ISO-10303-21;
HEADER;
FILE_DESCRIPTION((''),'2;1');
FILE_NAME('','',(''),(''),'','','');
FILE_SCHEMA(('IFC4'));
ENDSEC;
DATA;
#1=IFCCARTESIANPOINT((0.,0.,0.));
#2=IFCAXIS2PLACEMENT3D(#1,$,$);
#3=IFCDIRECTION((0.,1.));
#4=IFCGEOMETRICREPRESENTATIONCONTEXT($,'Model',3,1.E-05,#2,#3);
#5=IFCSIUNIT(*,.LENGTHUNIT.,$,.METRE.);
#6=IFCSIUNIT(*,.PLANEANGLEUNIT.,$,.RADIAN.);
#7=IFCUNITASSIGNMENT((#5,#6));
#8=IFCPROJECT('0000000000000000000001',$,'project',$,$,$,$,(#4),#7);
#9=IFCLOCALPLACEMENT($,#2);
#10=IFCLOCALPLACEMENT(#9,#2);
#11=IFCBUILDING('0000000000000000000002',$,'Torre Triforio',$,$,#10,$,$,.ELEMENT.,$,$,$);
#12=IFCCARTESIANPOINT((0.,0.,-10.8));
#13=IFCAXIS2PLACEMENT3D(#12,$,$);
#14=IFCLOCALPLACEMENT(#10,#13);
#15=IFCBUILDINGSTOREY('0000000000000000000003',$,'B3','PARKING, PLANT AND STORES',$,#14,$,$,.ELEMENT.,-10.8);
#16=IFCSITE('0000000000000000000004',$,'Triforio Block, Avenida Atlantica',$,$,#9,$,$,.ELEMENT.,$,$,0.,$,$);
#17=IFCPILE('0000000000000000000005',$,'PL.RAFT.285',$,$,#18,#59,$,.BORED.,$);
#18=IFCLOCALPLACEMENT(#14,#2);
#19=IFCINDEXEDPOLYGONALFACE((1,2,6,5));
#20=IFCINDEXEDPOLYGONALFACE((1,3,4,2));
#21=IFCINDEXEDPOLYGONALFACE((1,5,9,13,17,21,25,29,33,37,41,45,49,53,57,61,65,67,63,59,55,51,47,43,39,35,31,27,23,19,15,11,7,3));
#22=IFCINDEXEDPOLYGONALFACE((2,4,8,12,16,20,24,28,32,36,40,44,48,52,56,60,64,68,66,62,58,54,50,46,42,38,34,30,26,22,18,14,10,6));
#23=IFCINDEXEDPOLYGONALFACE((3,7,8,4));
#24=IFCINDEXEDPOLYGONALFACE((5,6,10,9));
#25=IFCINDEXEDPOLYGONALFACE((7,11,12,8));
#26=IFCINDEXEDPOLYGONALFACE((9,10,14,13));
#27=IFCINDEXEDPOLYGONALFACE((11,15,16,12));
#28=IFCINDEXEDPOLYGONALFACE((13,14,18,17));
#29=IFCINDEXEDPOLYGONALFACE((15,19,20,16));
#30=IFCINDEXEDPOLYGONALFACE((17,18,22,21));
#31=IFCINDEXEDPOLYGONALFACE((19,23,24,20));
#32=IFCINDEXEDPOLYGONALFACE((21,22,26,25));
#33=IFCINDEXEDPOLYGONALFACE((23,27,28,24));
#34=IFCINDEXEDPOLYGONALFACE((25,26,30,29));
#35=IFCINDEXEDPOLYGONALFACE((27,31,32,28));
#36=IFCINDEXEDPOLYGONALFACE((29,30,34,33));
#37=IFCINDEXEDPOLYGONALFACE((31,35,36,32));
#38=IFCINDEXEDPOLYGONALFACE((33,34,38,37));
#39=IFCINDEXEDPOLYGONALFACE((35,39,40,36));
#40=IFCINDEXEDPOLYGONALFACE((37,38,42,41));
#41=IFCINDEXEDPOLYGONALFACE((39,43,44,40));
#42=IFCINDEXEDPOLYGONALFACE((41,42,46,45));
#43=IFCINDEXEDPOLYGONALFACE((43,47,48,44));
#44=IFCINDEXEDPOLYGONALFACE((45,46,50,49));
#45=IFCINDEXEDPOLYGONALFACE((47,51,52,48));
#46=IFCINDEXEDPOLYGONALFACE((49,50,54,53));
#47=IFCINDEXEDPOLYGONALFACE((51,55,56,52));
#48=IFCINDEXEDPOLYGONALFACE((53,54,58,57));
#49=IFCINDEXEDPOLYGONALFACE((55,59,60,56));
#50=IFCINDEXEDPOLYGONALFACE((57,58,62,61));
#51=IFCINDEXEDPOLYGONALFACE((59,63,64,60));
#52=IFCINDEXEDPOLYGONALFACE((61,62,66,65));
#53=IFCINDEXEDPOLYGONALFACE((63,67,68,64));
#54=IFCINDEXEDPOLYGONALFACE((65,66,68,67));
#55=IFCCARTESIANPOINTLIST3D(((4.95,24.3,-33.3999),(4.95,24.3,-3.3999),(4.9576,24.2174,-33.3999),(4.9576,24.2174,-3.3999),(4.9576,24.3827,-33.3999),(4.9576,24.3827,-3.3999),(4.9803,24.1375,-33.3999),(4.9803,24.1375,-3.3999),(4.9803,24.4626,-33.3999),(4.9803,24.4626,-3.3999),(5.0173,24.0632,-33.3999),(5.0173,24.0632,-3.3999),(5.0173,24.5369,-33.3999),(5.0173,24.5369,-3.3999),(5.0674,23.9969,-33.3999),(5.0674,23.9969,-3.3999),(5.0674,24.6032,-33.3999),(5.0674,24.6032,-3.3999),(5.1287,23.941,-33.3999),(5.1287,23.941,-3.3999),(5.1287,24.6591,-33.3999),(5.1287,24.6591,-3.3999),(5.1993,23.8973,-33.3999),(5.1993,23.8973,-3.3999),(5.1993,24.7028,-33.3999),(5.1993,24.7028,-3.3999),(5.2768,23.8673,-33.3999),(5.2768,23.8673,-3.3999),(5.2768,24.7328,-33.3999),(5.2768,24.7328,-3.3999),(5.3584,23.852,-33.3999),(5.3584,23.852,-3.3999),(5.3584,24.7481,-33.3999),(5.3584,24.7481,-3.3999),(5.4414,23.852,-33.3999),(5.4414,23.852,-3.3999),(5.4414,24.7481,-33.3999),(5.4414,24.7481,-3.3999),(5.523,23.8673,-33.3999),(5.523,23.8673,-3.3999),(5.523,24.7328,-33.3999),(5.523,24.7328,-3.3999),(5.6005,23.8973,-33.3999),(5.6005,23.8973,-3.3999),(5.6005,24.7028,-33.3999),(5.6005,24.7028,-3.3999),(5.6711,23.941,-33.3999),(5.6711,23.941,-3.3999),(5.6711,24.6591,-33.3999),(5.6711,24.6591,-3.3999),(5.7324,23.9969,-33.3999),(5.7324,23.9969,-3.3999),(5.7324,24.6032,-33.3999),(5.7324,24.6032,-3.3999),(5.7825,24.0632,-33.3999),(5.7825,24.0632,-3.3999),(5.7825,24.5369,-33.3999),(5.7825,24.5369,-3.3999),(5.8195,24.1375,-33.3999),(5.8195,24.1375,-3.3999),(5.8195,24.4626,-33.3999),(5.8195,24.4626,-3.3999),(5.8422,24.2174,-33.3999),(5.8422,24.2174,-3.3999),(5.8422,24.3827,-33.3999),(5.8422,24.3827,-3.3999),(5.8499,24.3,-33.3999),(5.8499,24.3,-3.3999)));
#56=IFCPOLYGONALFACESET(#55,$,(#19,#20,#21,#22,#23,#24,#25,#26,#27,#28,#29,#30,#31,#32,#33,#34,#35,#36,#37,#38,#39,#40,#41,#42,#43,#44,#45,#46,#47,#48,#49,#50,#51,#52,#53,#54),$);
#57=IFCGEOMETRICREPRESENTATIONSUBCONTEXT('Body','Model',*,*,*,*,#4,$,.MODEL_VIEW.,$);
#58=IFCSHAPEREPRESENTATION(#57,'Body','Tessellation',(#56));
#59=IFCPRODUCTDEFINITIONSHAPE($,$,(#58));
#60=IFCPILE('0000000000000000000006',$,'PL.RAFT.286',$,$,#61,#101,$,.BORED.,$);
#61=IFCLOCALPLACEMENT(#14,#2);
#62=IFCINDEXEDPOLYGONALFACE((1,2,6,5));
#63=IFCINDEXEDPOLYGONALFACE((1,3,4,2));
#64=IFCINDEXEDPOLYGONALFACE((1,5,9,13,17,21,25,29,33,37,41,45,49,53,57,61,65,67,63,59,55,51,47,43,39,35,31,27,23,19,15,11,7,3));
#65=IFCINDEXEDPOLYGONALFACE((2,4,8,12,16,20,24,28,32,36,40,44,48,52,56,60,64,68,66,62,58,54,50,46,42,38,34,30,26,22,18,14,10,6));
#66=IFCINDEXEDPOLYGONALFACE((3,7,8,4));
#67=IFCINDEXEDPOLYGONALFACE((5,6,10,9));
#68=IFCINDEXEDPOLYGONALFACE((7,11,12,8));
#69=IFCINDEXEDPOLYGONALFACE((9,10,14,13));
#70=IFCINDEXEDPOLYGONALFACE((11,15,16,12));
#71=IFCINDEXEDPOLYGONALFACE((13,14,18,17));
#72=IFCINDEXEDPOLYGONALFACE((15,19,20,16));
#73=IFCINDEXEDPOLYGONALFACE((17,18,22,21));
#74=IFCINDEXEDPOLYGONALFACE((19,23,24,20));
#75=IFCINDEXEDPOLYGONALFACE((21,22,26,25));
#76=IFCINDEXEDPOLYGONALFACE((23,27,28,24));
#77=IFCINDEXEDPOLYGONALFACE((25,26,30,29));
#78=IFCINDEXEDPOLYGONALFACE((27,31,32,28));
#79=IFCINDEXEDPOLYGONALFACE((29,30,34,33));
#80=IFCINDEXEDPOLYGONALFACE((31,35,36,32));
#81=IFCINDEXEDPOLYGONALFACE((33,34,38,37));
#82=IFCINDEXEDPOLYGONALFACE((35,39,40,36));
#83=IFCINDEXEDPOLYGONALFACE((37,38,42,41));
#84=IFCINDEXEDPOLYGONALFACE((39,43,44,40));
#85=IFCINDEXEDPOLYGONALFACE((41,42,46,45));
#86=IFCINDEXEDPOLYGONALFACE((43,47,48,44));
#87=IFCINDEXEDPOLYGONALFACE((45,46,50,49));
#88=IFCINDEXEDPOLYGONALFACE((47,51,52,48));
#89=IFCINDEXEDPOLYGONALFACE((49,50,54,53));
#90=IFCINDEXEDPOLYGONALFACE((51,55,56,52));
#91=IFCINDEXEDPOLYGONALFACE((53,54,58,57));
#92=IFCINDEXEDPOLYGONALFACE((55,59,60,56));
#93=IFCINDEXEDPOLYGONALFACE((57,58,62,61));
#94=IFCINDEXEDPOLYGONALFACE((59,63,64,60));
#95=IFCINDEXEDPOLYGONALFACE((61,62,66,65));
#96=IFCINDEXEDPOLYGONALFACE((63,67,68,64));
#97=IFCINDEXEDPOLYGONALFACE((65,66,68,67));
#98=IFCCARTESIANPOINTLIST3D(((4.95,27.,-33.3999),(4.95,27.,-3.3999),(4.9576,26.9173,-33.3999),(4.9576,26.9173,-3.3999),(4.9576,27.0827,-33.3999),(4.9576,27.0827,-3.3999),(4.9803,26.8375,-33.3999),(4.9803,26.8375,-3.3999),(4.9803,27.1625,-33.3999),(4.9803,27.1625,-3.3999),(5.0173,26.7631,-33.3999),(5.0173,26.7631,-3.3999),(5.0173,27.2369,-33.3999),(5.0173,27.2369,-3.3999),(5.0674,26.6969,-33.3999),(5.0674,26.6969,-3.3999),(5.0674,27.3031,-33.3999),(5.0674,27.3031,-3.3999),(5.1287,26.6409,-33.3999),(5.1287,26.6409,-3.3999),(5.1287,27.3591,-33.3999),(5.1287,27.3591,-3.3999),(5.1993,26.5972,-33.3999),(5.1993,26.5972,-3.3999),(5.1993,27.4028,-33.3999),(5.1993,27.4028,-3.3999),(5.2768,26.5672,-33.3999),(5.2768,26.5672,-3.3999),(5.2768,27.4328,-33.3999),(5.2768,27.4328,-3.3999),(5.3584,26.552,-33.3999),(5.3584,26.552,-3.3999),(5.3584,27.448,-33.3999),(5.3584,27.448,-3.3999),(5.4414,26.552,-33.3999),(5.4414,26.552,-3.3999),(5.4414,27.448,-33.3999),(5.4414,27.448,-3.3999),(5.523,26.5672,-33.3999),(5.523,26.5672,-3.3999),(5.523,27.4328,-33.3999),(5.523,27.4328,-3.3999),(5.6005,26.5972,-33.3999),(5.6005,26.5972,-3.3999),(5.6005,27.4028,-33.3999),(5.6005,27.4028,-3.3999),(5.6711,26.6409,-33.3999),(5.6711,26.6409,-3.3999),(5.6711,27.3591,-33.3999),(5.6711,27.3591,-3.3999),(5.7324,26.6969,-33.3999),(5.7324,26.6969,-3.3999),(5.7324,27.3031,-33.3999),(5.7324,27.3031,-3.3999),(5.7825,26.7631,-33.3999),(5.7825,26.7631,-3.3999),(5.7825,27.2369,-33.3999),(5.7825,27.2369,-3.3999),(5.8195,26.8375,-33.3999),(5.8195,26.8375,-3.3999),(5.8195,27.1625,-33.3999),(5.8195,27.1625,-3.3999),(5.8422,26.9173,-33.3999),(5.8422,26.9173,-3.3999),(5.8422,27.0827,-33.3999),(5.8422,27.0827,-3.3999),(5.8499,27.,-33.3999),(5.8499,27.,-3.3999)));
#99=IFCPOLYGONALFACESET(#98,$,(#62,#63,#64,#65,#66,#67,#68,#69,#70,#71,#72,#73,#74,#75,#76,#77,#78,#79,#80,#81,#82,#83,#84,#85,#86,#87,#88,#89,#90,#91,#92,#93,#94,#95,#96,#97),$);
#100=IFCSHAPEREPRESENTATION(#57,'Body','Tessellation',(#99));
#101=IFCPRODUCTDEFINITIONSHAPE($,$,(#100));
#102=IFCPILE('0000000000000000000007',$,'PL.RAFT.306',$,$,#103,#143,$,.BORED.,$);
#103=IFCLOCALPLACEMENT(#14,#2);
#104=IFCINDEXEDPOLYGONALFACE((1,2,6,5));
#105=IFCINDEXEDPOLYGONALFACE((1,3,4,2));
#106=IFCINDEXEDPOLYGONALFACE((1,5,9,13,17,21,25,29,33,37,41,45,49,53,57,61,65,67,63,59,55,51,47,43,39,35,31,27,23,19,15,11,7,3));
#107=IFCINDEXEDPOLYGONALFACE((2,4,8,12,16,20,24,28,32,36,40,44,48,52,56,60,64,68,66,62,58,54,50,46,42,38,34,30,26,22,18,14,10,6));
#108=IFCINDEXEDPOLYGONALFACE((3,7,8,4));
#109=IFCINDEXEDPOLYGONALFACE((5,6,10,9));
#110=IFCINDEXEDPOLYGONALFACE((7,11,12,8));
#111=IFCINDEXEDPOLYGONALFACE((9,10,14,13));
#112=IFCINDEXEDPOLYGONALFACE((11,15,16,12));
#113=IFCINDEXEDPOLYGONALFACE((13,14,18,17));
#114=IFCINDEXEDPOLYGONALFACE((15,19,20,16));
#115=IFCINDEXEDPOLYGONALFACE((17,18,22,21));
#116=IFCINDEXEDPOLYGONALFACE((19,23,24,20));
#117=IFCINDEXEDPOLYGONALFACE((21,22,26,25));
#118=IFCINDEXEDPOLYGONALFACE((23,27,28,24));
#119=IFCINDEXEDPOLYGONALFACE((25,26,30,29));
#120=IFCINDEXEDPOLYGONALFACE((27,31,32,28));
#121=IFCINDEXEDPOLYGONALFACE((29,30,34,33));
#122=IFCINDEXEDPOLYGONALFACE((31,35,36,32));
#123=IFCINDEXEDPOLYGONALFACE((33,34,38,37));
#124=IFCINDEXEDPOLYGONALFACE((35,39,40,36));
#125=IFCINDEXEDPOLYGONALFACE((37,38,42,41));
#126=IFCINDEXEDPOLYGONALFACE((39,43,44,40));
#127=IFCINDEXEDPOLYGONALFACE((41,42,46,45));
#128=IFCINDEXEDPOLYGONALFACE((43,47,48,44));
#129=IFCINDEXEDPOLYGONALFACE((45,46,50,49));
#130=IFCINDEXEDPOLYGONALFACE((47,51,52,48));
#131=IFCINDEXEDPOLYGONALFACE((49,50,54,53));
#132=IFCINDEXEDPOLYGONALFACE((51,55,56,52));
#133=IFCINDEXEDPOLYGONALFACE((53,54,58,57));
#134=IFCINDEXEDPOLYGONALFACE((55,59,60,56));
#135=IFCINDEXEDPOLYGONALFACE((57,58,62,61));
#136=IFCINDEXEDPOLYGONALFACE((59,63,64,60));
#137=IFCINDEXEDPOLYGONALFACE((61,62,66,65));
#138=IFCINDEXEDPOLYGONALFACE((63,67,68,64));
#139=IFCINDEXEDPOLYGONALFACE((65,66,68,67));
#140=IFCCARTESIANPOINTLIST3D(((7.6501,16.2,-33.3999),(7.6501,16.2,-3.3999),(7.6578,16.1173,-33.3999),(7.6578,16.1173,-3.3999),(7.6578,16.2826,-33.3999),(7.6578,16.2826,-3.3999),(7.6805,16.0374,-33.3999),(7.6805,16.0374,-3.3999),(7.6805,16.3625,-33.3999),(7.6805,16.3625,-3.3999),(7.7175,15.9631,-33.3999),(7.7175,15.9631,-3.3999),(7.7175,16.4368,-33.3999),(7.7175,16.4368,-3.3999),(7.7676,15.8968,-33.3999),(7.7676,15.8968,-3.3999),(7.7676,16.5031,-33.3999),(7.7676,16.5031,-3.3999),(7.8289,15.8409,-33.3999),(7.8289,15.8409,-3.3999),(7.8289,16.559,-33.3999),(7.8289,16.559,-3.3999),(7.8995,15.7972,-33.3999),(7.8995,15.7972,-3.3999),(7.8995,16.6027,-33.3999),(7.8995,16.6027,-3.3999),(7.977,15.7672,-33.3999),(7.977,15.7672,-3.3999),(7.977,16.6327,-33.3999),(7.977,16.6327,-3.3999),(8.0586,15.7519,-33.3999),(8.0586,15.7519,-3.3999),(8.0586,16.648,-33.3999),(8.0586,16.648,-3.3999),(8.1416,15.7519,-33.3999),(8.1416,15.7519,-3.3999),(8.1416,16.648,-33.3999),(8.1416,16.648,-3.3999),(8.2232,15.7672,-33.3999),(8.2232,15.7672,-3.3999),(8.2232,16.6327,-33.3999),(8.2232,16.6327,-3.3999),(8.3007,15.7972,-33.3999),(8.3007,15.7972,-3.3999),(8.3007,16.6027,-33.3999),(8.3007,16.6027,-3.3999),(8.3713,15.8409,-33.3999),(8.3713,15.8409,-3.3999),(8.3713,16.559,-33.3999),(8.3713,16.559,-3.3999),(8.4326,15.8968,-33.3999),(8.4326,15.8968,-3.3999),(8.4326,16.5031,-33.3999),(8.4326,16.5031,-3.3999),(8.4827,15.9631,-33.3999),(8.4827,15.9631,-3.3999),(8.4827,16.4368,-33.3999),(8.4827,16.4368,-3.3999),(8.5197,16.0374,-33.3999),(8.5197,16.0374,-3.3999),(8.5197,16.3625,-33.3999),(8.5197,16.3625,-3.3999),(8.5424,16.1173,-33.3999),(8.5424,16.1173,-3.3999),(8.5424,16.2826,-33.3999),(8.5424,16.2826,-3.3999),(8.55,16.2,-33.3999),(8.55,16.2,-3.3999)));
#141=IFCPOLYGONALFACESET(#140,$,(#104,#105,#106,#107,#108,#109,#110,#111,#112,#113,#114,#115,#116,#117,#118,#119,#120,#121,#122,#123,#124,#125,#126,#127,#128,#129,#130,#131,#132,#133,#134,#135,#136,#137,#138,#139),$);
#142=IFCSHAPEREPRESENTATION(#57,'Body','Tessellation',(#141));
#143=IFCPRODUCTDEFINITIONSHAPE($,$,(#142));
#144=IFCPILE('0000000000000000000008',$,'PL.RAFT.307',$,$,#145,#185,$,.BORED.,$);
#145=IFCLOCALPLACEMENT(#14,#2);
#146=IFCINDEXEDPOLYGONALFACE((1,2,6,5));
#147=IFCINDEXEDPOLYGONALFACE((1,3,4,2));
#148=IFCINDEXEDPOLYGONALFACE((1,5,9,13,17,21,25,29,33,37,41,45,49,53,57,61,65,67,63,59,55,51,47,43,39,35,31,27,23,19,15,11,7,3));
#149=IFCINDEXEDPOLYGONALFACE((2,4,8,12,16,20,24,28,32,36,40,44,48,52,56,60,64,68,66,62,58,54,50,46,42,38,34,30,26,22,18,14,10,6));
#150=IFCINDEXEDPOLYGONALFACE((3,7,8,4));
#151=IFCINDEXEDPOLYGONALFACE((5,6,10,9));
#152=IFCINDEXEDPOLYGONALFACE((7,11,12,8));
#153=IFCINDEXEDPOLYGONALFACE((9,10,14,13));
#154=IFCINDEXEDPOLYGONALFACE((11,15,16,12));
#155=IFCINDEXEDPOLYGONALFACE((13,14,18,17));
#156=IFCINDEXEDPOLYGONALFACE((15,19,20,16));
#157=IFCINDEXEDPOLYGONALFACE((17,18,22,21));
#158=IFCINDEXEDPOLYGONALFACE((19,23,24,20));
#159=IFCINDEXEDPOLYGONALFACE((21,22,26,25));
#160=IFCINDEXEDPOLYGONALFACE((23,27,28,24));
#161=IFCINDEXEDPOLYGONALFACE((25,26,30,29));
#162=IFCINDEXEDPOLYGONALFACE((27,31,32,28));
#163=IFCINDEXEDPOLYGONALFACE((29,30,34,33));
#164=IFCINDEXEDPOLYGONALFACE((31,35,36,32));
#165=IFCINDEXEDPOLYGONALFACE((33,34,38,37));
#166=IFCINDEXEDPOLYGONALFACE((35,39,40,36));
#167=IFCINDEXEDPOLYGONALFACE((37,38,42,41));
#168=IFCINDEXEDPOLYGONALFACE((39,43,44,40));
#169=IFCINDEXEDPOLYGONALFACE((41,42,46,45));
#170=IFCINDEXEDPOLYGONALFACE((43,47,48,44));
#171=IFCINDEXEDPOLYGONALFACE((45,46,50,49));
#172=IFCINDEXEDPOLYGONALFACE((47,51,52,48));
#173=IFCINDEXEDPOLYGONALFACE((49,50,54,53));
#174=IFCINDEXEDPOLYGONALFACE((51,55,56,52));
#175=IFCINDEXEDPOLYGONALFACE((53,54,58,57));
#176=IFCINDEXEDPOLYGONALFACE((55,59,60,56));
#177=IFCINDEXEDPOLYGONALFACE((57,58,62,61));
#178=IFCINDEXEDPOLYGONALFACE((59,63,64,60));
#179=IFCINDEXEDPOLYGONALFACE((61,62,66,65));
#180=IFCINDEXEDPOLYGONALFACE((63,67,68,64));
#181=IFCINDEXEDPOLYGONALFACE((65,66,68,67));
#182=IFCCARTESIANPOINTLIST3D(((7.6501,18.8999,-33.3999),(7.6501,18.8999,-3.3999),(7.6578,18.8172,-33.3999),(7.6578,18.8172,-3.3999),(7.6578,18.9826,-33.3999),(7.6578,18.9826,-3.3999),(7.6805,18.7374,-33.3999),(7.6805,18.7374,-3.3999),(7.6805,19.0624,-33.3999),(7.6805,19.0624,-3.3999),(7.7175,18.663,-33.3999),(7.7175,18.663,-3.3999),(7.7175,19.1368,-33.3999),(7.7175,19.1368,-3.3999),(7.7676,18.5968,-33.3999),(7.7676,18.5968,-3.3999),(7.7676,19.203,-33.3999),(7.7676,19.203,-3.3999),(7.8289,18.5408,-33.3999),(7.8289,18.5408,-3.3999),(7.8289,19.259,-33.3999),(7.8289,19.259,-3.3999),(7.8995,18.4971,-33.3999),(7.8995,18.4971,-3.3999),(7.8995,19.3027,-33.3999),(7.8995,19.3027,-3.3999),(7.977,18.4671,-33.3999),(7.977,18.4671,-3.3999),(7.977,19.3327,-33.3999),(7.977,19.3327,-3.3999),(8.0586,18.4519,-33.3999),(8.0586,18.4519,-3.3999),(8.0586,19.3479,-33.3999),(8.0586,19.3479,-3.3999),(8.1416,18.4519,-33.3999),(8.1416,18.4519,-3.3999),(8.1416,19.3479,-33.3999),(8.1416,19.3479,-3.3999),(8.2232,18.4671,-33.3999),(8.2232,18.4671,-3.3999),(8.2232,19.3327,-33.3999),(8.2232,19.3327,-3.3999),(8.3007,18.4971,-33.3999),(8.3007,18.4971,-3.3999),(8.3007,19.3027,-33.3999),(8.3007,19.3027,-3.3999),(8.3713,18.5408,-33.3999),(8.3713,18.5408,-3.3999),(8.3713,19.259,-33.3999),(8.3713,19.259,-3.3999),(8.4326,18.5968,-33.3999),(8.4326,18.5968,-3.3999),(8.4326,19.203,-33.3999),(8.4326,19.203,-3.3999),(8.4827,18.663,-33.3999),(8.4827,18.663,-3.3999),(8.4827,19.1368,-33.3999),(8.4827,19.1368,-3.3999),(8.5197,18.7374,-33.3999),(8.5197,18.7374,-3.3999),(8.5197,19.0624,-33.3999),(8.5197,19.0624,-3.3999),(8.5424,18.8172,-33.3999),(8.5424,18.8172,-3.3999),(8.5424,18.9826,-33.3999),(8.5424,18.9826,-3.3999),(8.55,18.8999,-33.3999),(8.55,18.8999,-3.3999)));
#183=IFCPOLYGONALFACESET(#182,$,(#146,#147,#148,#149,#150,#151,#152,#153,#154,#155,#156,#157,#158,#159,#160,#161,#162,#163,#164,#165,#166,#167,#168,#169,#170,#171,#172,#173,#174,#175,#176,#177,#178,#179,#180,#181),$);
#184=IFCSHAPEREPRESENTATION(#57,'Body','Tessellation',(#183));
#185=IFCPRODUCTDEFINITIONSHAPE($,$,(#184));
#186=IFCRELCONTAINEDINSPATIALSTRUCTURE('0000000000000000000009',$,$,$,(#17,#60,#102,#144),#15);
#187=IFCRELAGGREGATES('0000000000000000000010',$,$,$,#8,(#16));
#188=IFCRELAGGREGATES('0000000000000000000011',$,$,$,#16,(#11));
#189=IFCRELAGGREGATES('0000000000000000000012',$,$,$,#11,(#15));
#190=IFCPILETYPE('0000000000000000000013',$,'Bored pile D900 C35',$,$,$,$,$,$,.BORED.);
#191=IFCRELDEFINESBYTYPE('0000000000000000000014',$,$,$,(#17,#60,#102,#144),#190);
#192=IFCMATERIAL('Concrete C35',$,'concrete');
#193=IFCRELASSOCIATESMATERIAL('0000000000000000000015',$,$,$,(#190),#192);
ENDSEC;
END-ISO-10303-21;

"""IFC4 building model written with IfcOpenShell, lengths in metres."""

from ifc_helpers import new_model, si_unit, direction, frame, origin, origin_2d, place, context, subcontext, project, spatial, circle, extrude, material, material_profile, profile_set, type_object, element, save


model = new_model("IFC4")

# Units and contexts
model_context = context("Model", 3, precision=1e-05, world=origin(), true_north=direction((0.0, 1.0)))
body_context = subcontext(model_context, "Body", "Model", "MODEL_VIEW")
ifc_project = project(units=[si_unit("LENGTHUNIT", "METRE"), si_unit("PLANEANGLEUNIT", "RADIAN")], contexts=[model_context])

# Site, building, storey
site_placement = place(None, origin())
site = spatial("IfcSite", under=ifc_project, at=site_placement, Name="Triforio Block, Avenida Atlantica", CompositionType="ELEMENT", RefElevation=0.0)
building_placement = place(site_placement, origin())
building = spatial("IfcBuilding", under=site, at=building_placement, Name="Torre Triforio", CompositionType="ELEMENT")
storey_placement = place(building_placement, frame((0.0, 0.0, -10.8)))
storey = spatial("IfcBuildingStorey", under=building, at=storey_placement, Name="B3", Description="PARKING, PLANT AND STORES", CompositionType="ELEMENT", Elevation=-10.8)

# Piles
ifc_material_1 = material(Name="Concrete C35", Category="concrete")
ifc_material_profile_1 = material_profile(ifc_material_1, circle(Radius=0.45, at=origin_2d()), Name="RC D900")
ifc_profile_set_1 = profile_set([ifc_material_profile_1], Name="Concrete C35")
pile_type = type_object("IfcPileType", Name="Bored pile D900 C35", PredefinedType="BORED", material=ifc_profile_set_1)
for number, where, z_axis, x_axis, name in (
    (1, (5.3999, 24.3, -3.3999), (0.0, 0.0, -1.0), (1.0, 0.0, 0.0), "PL.RAFT.285"),
    (2, (5.3999, 27.0, -3.3999), (0.0, 0.0, -1.0), (1.0, 0.0, 0.0), "PL.RAFT.286"),
    (3, (8.1001, 16.2, -3.3999), (0.0, 0.0, -1.0), (1.0, 0.0, 0.0), "PL.RAFT.306"),
    (4, (8.1001, 18.8999, -3.3999), (0.0, 0.0, -1.0), (1.0, 0.0, 0.0), "PL.RAFT.307"),
):
    element("IfcPile", number, at=place(storey_placement, frame(where, z_axis=z_axis, x_axis=x_axis)), inside=storey, type_object=pile_type, Name=name, PredefinedType="BORED", context=body_context, shape_type="SweptSolid", body=[
        extrude(circle(Radius=0.45, at=origin_2d()), origin(), (0.0, 0.0, 1.0), 30.0),
    ])

save(model, "model.ifc")
